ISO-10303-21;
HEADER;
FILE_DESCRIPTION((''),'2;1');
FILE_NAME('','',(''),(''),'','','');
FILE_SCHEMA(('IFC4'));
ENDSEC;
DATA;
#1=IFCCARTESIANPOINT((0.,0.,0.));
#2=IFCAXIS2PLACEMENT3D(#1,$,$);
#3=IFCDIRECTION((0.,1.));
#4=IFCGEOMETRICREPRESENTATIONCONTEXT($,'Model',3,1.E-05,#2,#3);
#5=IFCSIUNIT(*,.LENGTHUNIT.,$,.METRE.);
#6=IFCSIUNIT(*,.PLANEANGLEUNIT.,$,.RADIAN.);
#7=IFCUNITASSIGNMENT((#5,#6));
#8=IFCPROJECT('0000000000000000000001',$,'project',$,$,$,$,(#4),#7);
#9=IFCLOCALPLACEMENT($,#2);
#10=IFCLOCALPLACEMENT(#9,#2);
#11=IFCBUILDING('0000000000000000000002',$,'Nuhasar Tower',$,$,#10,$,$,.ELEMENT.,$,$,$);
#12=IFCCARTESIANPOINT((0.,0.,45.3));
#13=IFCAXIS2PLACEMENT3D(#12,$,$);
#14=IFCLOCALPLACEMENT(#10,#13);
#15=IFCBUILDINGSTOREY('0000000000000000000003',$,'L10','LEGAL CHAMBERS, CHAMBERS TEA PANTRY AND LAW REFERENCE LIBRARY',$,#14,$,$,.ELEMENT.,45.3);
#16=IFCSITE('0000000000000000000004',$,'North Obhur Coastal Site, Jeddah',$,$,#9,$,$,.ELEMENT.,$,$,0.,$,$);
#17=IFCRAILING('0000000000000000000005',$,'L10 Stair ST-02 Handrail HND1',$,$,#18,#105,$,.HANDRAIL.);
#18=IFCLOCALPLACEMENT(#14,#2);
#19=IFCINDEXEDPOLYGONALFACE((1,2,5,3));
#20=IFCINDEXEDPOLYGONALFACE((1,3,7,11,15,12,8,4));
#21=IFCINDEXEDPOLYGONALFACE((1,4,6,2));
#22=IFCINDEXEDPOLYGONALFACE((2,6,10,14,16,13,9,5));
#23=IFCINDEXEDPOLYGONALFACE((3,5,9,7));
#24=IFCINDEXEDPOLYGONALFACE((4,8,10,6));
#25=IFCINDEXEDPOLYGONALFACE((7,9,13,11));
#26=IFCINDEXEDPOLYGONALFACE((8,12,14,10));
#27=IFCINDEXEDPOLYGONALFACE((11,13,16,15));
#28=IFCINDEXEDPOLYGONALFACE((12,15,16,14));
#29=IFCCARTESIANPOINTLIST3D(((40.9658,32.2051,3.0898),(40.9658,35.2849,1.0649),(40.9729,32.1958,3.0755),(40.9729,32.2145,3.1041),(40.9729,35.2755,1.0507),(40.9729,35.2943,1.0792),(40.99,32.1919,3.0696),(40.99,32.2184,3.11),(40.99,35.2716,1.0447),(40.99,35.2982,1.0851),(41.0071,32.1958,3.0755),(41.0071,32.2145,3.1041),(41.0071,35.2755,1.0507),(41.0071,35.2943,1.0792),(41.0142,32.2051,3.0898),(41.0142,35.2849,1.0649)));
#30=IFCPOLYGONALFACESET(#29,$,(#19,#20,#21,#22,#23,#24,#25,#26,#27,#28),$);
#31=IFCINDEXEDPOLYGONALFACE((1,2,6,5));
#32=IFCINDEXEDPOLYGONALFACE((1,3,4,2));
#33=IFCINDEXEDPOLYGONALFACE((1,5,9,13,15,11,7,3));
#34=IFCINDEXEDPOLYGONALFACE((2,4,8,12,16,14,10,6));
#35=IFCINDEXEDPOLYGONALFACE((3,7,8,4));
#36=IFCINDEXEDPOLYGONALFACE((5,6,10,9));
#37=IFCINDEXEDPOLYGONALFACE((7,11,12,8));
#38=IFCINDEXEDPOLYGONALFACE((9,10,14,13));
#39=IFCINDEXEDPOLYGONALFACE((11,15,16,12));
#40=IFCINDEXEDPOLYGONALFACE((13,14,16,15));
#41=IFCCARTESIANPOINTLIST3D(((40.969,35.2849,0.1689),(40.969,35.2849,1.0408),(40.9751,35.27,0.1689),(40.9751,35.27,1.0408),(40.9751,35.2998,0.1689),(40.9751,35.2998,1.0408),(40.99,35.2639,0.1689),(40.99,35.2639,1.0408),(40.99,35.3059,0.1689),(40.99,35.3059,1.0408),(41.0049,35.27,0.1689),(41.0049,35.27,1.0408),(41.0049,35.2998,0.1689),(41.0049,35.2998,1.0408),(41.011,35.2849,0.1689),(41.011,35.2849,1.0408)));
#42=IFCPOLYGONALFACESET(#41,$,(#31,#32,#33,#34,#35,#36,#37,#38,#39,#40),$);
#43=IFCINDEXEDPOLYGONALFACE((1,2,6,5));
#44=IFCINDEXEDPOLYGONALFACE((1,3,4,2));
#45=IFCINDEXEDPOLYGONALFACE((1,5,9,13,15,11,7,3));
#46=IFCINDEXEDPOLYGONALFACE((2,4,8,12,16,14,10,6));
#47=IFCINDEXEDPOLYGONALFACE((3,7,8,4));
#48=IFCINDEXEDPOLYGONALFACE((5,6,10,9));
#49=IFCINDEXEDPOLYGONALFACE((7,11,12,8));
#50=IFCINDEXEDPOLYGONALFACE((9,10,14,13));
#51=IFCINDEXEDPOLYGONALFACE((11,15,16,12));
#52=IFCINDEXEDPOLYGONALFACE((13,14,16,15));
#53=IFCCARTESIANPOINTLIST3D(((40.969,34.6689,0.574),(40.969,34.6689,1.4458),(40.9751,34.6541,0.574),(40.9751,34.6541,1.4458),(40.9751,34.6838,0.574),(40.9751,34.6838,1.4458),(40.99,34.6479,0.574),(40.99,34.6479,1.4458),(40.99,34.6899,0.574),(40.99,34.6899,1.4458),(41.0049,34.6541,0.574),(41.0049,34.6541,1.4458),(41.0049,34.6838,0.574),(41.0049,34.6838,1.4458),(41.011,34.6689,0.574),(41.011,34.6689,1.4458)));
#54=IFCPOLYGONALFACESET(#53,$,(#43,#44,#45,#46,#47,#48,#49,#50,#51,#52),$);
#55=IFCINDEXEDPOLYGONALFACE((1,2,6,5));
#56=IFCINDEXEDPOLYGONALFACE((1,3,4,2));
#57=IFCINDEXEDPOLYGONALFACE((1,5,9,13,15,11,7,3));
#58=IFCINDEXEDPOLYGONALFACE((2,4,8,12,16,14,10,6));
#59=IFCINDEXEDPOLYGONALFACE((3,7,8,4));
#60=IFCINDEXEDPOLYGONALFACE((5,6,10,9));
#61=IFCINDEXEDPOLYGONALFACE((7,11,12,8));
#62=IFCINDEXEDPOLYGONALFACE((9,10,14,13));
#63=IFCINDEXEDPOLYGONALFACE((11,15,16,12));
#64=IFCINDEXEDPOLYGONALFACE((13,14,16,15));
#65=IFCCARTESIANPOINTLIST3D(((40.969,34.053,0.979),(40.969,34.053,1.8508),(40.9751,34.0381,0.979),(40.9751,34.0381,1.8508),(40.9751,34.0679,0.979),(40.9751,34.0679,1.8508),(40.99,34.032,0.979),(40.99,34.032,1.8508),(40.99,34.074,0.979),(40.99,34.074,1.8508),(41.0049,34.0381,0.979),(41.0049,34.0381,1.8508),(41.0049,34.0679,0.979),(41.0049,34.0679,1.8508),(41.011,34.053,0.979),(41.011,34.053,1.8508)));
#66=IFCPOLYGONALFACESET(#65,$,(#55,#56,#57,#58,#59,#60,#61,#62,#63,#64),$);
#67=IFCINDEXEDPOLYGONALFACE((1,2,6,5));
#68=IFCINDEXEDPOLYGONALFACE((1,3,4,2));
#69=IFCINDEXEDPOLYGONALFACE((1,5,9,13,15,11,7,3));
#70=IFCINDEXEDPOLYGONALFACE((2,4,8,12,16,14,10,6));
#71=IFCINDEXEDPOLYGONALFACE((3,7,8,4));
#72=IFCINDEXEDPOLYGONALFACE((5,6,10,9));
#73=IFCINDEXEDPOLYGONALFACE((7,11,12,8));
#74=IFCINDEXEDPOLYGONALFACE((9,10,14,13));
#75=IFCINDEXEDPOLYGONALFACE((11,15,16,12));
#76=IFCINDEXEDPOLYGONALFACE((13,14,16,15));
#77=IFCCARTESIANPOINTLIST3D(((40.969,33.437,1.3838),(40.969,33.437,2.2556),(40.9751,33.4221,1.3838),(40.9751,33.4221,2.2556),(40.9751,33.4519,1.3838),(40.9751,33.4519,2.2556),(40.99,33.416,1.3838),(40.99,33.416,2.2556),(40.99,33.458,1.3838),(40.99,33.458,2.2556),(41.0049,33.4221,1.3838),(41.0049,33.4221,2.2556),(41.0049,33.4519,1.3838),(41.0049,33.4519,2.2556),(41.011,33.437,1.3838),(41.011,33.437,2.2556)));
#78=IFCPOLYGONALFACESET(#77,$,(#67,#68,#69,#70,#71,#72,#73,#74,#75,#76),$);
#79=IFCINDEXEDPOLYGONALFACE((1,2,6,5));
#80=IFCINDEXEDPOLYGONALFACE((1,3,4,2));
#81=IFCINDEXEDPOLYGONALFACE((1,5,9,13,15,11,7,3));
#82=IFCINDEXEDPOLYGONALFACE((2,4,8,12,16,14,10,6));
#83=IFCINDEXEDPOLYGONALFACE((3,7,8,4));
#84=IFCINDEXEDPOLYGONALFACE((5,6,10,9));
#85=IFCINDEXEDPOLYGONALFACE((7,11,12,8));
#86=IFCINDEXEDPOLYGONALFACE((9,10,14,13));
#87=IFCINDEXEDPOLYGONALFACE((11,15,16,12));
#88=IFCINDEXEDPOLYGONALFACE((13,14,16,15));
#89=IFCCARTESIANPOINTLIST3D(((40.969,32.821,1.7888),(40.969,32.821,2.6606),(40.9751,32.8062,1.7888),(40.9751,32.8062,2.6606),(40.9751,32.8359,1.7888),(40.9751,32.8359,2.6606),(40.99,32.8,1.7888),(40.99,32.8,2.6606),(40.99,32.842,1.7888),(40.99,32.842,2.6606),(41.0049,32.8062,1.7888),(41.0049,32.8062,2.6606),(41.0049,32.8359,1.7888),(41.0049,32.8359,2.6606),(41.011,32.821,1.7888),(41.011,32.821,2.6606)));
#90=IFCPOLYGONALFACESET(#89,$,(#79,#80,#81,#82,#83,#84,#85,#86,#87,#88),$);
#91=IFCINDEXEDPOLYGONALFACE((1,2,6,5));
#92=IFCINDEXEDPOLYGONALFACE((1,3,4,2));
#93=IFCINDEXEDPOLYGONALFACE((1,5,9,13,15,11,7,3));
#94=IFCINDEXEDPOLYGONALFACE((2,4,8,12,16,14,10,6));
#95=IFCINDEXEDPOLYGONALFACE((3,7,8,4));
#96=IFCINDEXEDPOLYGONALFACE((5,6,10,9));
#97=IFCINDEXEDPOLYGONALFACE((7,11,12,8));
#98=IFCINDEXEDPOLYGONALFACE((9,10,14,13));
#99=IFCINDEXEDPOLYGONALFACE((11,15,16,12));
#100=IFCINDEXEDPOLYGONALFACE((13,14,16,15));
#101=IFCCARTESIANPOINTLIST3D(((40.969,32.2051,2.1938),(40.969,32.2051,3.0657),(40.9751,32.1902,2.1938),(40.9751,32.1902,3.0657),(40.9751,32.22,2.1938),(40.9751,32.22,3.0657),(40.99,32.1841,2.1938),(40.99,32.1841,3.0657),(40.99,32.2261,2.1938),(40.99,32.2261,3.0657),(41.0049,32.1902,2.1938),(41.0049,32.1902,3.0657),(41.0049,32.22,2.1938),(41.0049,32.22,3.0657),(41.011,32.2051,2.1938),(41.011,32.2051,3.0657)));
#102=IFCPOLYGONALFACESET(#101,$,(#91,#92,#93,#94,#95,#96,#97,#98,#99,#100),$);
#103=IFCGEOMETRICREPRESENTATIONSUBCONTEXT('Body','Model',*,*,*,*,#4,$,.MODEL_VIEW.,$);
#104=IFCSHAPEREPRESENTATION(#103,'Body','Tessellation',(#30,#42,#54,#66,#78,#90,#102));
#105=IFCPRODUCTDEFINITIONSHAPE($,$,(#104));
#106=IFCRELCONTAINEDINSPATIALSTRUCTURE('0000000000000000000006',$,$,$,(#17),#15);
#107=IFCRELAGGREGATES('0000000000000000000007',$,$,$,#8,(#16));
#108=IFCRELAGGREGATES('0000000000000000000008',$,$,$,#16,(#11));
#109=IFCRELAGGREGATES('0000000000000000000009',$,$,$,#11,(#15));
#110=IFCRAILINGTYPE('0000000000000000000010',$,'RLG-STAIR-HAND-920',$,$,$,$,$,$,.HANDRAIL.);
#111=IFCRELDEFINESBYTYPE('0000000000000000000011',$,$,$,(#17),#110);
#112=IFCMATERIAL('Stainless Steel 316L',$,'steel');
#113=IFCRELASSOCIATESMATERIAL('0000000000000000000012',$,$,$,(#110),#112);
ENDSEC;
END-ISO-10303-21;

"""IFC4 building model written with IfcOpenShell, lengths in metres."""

from ifc_helpers import new_model, si_unit, direction, frame, origin, place, context, subcontext, project, spatial, polyline, outline, extrude, material, type_object, element, save


model = new_model("IFC4")

# Units and contexts
model_context = context("Model", 3, precision=1e-05, world=origin(), true_north=direction((0.0, 1.0)))
body_context = subcontext(model_context, "Body", "Model", "MODEL_VIEW")
ifc_project = project(units=[si_unit("LENGTHUNIT", "METRE"), si_unit("PLANEANGLEUNIT", "RADIAN")], contexts=[model_context])

# Site, building, storey
site_placement = place(None, origin())
site = spatial("IfcSite", under=ifc_project, at=site_placement, Name="North Obhur Coastal Site, Jeddah", CompositionType="ELEMENT", RefElevation=0.0)
building_placement = place(site_placement, origin())
building = spatial("IfcBuilding", under=site, at=building_placement, Name="Nuhasar Tower", CompositionType="ELEMENT")
storey_placement = place(building_placement, frame((0.0, 0.0, 45.3)))
storey = spatial("IfcBuildingStorey", under=building, at=storey_placement, Name="L10", Description="LEGAL CHAMBERS, CHAMBERS TEA PANTRY AND LAW REFERENCE LIBRARY", CompositionType="ELEMENT", Elevation=45.3)

# Railing
ifc_material_1 = material(Name="Stainless Steel 316L", Category="steel")
railing_type_1 = type_object("IfcRailingType", Name="RLG-STAIR-HAND-920", PredefinedType="HANDRAIL", material=ifc_material_1)
railing_1_placement = place(storey_placement, frame((40.99, 35.2849, 0.1689)))
element("IfcRailing", 1, at=railing_1_placement, inside=storey, type_object=railing_type_1, Name="L10 Stair ST-02 Handrail HND1", PredefinedType="HANDRAIL", context=body_context, shape_type="SweptSolid", body=[
    extrude(outline(polyline([(0.0242, 0.0), (0.0171, 0.0171), (0.0, 0.0242), (-0.0171, 0.0171), (-0.0242, 0.0), (-0.0171, -0.0171), (0.0, -0.0242), (0.0171, -0.0171), (0.0242, 0.0)])), frame((0.0, 0.0, 0.896), z_axis=(0.0, -0.83558, 0.54937), x_axis=(1.0, 0.0, 0.0)), (0.0, 0.0, 1.0), 3.6858),
    extrude(outline(polyline([(0.021, 0.0), (0.0149, 0.0149), (0.0, 0.021), (-0.0149, 0.0149), (-0.021, 0.0), (-0.0149, -0.0149), (0.0, -0.021), (0.0149, -0.0149), (0.021, 0.0)])), origin(), (0.0, 0.0, 1.0), 0.8718),
    extrude(outline(polyline([(0.021, 0.0), (0.0149, 0.0149), (0.0, 0.021), (-0.0149, 0.0149), (-0.021, 0.0), (-0.0149, -0.0149), (0.0, -0.021), (0.0149, -0.0149), (0.021, 0.0)])), frame((0.0, -0.616, 0.405)), (0.0, 0.0, 1.0), 0.8718),
    extrude(outline(polyline([(0.021, 0.0), (0.0149, 0.0149), (0.0, 0.021), (-0.0149, 0.0149), (-0.021, 0.0), (-0.0149, -0.0149), (0.0, -0.021), (0.0149, -0.0149), (0.021, 0.0)])), frame((0.0, -1.2319, 0.8101)), (0.0, 0.0, 1.0), 0.8718),
    extrude(outline(polyline([(0.021, 0.0), (0.0149, 0.0149), (0.0, 0.021), (-0.0149, 0.0149), (-0.021, 0.0), (-0.0149, -0.0149), (0.0, -0.021), (0.0149, -0.0149), (0.021, 0.0)])), frame((0.0, -1.8479, 1.2148)), (0.0, 0.0, 1.0), 0.8718),
    extrude(outline(polyline([(0.021, 0.0), (0.0149, 0.0149), (0.0, 0.021), (-0.0149, 0.0149), (-0.021, 0.0), (-0.0149, -0.0149), (0.0, -0.021), (0.0149, -0.0149), (0.021, 0.0)])), frame((0.0, -2.4639, 1.6199)), (0.0, 0.0, 1.0), 0.8718),
    extrude(outline(polyline([(0.021, 0.0), (0.0149, 0.0149), (0.0, 0.021), (-0.0149, 0.0149), (-0.021, 0.0), (-0.0149, -0.0149), (0.0, -0.021), (0.0149, -0.0149), (0.021, 0.0)])), frame((0.0, -3.0798, 2.0249)), (0.0, 0.0, 1.0), 0.8718),
])

save(model, "model.ifc")
